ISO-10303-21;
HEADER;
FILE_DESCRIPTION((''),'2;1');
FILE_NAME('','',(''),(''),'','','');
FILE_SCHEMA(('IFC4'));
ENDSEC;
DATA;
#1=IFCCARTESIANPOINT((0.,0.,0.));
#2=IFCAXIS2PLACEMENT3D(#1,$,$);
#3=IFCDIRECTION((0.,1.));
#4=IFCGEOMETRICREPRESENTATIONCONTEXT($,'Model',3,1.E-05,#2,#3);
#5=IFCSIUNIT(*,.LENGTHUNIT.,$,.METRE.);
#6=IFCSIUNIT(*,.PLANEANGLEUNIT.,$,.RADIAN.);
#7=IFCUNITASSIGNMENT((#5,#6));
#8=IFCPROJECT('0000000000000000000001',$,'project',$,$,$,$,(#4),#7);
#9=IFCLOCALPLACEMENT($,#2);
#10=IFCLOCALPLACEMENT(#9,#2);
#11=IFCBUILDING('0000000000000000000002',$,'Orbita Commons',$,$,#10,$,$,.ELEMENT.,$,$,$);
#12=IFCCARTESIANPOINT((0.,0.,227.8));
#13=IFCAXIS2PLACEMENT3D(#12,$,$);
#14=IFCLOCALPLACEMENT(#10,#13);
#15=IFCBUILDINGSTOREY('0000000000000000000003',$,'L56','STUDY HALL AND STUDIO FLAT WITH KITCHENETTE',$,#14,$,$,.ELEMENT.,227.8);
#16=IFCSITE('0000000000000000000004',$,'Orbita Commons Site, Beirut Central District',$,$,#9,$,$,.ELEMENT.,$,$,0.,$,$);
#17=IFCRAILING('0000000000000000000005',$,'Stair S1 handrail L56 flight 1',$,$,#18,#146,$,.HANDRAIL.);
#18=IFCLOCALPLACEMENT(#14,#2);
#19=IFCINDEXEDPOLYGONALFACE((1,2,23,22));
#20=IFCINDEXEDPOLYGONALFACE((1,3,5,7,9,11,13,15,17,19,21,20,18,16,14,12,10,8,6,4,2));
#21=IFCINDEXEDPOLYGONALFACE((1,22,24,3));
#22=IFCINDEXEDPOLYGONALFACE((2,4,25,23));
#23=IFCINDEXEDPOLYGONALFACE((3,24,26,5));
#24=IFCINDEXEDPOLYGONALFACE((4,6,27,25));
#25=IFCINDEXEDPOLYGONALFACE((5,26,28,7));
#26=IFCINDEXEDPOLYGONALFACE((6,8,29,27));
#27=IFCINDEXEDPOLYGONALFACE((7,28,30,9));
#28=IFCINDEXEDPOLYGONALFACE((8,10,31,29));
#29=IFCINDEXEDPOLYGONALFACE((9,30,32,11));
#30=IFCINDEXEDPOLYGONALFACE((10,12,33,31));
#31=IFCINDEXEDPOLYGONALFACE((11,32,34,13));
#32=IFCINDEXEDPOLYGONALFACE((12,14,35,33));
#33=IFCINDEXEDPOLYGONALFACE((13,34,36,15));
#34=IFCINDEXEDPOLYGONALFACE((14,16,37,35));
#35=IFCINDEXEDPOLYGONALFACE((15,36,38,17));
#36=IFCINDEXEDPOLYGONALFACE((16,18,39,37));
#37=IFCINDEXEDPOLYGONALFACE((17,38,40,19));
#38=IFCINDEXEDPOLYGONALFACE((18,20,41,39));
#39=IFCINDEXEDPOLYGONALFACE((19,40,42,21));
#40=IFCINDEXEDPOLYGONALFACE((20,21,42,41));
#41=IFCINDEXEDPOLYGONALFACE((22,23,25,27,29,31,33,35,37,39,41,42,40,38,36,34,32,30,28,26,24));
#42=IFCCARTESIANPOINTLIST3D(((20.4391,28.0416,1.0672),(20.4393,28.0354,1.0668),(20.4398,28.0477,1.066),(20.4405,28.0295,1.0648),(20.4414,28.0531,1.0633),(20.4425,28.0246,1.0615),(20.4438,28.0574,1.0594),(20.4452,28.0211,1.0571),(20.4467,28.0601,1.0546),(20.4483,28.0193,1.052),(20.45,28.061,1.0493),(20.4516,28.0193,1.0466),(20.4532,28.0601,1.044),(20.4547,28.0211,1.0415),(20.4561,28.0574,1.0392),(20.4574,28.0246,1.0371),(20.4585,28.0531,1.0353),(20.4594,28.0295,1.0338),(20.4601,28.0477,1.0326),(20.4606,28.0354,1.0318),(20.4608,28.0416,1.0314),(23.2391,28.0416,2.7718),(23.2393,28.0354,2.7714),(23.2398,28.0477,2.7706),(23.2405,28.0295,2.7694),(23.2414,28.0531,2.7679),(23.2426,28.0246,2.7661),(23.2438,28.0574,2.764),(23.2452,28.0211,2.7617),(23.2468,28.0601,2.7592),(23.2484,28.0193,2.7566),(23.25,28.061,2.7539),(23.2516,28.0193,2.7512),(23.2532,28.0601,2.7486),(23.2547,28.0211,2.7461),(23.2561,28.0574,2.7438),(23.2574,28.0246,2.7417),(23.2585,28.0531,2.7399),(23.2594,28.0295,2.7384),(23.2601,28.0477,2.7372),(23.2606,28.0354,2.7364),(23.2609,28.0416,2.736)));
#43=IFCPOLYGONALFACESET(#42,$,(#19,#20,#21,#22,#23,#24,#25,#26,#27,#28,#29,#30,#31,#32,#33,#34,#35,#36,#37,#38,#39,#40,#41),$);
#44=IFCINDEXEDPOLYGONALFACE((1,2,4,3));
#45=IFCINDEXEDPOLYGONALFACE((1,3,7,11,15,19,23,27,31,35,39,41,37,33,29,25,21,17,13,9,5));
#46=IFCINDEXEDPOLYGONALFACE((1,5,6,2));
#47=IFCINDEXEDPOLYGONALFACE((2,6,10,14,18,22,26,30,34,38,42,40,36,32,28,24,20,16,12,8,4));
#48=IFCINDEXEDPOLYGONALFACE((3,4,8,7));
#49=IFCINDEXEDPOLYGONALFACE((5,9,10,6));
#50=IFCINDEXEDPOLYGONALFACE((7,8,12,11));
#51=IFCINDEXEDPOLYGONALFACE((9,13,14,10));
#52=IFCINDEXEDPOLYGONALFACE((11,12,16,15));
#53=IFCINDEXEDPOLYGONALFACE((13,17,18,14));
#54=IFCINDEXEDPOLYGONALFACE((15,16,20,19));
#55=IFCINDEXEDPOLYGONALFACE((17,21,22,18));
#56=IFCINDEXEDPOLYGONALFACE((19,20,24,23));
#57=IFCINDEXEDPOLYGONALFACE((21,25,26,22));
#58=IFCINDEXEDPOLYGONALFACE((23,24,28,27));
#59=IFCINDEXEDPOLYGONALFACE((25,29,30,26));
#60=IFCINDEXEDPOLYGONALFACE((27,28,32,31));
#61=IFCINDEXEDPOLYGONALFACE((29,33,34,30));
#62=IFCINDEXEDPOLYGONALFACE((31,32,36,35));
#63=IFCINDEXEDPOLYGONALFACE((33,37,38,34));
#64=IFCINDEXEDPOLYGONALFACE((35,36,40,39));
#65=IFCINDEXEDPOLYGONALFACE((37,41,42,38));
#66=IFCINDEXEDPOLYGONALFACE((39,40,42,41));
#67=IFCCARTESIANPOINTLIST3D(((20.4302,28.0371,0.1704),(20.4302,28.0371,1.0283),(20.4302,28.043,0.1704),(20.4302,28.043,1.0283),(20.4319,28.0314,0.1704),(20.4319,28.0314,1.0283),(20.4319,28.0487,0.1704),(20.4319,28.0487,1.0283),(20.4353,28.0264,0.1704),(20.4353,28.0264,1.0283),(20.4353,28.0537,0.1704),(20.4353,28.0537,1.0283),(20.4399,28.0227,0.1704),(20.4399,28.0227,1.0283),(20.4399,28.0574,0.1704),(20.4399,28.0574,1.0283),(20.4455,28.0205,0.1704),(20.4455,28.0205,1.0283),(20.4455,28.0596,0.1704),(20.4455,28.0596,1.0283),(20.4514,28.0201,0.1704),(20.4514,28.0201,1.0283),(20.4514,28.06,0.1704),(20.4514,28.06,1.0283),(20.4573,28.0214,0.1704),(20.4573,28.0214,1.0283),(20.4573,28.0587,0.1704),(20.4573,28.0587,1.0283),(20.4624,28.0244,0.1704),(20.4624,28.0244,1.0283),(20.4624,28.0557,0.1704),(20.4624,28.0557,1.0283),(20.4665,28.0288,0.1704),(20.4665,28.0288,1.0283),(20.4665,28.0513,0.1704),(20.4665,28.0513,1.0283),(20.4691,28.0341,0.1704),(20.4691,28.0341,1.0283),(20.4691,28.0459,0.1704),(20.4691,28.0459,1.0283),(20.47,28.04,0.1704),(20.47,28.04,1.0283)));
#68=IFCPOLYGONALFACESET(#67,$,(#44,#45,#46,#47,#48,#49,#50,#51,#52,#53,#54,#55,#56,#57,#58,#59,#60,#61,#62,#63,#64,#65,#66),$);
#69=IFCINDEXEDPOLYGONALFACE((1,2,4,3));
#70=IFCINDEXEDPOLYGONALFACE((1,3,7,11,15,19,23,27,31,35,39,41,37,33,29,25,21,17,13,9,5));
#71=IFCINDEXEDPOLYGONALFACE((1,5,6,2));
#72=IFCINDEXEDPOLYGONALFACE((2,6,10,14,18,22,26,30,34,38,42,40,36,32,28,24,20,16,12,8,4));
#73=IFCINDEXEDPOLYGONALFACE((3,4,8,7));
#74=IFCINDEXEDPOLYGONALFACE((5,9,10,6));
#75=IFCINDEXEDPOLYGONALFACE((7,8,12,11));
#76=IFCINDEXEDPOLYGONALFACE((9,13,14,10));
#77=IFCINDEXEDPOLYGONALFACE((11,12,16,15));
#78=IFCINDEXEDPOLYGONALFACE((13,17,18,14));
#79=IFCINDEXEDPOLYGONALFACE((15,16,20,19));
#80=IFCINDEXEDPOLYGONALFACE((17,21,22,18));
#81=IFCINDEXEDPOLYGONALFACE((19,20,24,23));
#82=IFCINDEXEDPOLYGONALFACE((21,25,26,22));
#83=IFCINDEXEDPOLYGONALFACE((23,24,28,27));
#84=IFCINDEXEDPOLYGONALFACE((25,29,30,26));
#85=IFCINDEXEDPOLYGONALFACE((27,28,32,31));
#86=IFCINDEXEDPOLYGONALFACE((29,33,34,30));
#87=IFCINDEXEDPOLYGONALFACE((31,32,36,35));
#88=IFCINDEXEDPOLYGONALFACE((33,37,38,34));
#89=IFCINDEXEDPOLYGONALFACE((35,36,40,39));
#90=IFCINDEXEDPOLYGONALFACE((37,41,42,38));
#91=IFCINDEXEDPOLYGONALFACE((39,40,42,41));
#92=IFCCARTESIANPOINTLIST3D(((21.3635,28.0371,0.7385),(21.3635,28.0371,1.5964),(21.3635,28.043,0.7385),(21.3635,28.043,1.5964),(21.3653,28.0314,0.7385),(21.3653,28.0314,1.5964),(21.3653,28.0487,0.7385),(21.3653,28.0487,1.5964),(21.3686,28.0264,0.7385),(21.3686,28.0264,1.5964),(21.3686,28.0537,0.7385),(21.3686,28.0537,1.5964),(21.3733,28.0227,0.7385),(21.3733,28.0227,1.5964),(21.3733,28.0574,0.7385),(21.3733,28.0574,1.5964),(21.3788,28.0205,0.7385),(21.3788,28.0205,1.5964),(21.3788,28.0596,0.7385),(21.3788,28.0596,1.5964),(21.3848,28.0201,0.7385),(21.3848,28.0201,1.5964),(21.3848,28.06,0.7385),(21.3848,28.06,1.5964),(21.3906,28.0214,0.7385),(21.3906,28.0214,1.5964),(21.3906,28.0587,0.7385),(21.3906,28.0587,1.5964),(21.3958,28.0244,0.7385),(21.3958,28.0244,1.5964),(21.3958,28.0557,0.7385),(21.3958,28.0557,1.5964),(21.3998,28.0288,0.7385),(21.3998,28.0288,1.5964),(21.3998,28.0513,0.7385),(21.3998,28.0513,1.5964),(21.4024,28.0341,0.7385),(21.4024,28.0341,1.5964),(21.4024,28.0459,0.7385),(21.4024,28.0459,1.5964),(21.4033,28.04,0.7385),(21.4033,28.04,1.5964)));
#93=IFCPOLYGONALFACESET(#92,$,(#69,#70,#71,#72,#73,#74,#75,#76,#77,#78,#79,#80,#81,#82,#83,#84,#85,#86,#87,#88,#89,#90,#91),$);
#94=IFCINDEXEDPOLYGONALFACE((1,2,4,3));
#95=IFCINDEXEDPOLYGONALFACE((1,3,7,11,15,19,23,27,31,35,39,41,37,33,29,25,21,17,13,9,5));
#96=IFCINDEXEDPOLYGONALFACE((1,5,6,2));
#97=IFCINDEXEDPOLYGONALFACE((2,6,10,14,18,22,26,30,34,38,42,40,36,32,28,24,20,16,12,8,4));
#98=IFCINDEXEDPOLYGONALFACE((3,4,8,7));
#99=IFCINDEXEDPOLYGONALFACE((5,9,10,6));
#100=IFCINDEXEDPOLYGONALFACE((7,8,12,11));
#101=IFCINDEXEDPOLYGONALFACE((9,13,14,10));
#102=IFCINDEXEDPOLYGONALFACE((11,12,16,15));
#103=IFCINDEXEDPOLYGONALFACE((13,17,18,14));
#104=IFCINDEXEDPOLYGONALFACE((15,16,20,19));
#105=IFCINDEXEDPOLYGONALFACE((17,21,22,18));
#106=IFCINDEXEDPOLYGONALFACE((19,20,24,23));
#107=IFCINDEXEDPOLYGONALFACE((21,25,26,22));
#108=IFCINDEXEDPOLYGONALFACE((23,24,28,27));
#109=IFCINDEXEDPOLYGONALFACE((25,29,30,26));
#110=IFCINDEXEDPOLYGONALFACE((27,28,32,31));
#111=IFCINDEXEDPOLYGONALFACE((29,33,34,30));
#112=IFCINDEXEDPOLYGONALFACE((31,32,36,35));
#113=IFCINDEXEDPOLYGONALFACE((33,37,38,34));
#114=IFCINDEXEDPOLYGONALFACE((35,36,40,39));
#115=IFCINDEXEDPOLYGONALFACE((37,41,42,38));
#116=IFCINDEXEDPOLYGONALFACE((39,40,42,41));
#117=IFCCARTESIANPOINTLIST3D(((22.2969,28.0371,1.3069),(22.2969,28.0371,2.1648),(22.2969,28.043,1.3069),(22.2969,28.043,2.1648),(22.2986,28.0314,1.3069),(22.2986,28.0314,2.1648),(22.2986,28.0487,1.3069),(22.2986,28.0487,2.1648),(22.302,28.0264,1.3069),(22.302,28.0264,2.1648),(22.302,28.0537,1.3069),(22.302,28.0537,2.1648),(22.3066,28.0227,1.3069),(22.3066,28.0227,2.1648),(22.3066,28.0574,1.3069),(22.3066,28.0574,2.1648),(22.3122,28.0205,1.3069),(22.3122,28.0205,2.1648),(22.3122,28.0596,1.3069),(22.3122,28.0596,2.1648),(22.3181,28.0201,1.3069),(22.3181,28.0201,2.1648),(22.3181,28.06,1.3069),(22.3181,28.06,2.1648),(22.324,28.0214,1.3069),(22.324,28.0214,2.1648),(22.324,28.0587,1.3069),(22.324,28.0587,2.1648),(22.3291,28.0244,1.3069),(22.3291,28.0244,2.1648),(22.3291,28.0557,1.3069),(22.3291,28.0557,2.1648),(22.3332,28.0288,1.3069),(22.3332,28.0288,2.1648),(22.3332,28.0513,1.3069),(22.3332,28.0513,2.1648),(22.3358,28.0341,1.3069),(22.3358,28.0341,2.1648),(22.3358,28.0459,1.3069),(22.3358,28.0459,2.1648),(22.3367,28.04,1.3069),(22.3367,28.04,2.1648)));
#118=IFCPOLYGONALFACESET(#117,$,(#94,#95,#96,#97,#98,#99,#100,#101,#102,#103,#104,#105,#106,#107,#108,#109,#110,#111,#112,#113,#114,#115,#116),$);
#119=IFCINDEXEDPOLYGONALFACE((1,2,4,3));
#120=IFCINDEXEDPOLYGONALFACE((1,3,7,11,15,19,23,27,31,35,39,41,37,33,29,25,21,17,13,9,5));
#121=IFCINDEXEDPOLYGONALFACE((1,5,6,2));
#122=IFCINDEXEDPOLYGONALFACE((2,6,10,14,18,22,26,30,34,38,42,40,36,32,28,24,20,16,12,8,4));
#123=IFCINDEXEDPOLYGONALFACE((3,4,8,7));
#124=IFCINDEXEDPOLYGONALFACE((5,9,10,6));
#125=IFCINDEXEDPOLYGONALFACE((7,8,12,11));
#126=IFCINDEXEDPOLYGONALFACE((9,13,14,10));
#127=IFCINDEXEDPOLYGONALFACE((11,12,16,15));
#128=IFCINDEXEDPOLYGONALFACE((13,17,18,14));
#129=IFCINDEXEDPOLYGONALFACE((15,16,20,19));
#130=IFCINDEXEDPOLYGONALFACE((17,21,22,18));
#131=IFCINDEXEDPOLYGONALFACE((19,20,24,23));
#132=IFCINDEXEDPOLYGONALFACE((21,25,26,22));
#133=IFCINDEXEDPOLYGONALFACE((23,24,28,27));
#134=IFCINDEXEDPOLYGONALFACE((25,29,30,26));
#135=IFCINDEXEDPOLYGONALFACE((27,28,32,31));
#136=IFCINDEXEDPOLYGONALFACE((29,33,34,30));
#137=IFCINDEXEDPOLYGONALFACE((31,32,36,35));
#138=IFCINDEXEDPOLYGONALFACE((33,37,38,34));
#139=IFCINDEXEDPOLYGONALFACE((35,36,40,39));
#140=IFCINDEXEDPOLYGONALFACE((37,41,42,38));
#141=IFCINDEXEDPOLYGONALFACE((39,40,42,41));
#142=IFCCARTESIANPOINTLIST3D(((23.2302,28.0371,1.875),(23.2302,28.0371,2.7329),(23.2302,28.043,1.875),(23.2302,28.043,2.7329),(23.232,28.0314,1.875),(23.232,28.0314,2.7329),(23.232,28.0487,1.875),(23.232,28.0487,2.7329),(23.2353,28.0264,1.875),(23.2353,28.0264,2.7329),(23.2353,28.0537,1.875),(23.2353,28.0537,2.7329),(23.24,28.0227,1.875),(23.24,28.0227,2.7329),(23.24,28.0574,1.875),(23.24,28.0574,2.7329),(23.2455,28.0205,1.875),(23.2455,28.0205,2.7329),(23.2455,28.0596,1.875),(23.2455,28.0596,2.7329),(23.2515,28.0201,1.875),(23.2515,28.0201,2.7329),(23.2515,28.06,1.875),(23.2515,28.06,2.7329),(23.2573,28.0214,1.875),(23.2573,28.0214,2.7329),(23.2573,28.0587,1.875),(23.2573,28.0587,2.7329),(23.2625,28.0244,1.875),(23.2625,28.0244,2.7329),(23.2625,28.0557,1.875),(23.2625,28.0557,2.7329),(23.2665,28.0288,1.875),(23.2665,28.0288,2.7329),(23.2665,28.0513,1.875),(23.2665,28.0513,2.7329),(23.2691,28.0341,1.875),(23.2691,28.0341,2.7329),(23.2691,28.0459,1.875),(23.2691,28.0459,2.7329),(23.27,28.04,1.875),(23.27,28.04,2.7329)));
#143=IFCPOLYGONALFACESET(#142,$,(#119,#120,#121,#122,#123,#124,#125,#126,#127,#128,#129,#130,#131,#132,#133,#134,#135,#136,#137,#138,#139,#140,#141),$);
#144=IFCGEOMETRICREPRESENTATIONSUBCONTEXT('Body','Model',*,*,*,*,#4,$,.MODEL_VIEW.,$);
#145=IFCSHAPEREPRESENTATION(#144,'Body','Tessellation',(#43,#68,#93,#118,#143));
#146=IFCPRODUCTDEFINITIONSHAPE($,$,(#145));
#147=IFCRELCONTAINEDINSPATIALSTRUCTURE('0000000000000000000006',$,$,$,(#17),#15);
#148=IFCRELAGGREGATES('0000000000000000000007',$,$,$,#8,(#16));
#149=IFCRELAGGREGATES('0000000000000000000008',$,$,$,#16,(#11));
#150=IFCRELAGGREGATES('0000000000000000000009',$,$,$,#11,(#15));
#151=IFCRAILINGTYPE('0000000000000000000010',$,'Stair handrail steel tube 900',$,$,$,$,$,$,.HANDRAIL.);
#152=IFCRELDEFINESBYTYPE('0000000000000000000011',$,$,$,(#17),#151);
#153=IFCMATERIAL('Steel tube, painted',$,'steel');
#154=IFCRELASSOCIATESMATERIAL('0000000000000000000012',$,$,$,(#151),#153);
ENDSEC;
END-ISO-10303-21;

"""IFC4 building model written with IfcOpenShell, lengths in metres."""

from ifc_helpers import new_model, si_unit, direction, frame, origin, origin_2d, place, context, subcontext, project, spatial, circle, extrude, material, type_object, element, save


model = new_model("IFC4")

# Units and contexts
model_context = context("Model", 3, precision=1e-05, world=origin(), true_north=direction((0.0, 1.0)))
body_context = subcontext(model_context, "Body", "Model", "MODEL_VIEW")
ifc_project = project(units=[si_unit("LENGTHUNIT", "METRE"), si_unit("PLANEANGLEUNIT", "RADIAN")], contexts=[model_context])

# Site, building, storey
site_placement = place(None, origin())
site = spatial("IfcSite", under=ifc_project, at=site_placement, Name="Orbita Commons Site, Beirut Central District", CompositionType="ELEMENT", RefElevation=0.0)
building_placement = place(site_placement, origin())
building = spatial("IfcBuilding", under=site, at=building_placement, Name="Orbita Commons", CompositionType="ELEMENT")
storey_placement = place(building_placement, frame((0.0, 0.0, 227.8)))
storey = spatial("IfcBuildingStorey", under=building, at=storey_placement, Name="L56", Description="STUDY HALL AND STUDIO FLAT WITH KITCHENETTE", CompositionType="ELEMENT", Elevation=227.8)

# Railing
ifc_material_1 = material(Name="Steel tube, painted", Category="steel")
railing_type = type_object("IfcRailingType", Name="Stair handrail steel tube 900", PredefinedType="HANDRAIL", material=ifc_material_1)
for number, where, name in (
    (1, (20.45, 28.04, 0.1704), "Stair S1 handrail L56 flight 1"),
):
    element("IfcRailing", number, at=place(storey_placement, frame(where)), inside=storey, type_object=railing_type, Name=name, PredefinedType="HANDRAIL", context=body_context, shape_type="SweptSolid", body=[
        extrude(circle(Radius=0.021, at=origin_2d()), frame((0.0, 0.0, 0.8789), z_axis=(0.85417, 0.0, 0.519994), x_axis=(0.0, 1.0, 0.0)), (0.0, 0.0, 1.0), 3.2781),
        extrude(circle(Radius=0.02, at=origin_2d()), origin(), (0.0, 0.0, 1.0), 0.8579),
        extrude(circle(Radius=0.02, at=origin_2d()), frame((0.9333, 0.0, 0.5681)), (0.0, 0.0, 1.0), 0.8579),
        extrude(circle(Radius=0.02, at=origin_2d()), frame((1.8667, 0.0, 1.1365)), (0.0, 0.0, 1.0), 0.8579),
        extrude(circle(Radius=0.02, at=origin_2d()), frame((2.8, 0.0, 1.7046)), (0.0, 0.0, 1.0), 0.8579),
    ])

save(model, "model.ifc")
